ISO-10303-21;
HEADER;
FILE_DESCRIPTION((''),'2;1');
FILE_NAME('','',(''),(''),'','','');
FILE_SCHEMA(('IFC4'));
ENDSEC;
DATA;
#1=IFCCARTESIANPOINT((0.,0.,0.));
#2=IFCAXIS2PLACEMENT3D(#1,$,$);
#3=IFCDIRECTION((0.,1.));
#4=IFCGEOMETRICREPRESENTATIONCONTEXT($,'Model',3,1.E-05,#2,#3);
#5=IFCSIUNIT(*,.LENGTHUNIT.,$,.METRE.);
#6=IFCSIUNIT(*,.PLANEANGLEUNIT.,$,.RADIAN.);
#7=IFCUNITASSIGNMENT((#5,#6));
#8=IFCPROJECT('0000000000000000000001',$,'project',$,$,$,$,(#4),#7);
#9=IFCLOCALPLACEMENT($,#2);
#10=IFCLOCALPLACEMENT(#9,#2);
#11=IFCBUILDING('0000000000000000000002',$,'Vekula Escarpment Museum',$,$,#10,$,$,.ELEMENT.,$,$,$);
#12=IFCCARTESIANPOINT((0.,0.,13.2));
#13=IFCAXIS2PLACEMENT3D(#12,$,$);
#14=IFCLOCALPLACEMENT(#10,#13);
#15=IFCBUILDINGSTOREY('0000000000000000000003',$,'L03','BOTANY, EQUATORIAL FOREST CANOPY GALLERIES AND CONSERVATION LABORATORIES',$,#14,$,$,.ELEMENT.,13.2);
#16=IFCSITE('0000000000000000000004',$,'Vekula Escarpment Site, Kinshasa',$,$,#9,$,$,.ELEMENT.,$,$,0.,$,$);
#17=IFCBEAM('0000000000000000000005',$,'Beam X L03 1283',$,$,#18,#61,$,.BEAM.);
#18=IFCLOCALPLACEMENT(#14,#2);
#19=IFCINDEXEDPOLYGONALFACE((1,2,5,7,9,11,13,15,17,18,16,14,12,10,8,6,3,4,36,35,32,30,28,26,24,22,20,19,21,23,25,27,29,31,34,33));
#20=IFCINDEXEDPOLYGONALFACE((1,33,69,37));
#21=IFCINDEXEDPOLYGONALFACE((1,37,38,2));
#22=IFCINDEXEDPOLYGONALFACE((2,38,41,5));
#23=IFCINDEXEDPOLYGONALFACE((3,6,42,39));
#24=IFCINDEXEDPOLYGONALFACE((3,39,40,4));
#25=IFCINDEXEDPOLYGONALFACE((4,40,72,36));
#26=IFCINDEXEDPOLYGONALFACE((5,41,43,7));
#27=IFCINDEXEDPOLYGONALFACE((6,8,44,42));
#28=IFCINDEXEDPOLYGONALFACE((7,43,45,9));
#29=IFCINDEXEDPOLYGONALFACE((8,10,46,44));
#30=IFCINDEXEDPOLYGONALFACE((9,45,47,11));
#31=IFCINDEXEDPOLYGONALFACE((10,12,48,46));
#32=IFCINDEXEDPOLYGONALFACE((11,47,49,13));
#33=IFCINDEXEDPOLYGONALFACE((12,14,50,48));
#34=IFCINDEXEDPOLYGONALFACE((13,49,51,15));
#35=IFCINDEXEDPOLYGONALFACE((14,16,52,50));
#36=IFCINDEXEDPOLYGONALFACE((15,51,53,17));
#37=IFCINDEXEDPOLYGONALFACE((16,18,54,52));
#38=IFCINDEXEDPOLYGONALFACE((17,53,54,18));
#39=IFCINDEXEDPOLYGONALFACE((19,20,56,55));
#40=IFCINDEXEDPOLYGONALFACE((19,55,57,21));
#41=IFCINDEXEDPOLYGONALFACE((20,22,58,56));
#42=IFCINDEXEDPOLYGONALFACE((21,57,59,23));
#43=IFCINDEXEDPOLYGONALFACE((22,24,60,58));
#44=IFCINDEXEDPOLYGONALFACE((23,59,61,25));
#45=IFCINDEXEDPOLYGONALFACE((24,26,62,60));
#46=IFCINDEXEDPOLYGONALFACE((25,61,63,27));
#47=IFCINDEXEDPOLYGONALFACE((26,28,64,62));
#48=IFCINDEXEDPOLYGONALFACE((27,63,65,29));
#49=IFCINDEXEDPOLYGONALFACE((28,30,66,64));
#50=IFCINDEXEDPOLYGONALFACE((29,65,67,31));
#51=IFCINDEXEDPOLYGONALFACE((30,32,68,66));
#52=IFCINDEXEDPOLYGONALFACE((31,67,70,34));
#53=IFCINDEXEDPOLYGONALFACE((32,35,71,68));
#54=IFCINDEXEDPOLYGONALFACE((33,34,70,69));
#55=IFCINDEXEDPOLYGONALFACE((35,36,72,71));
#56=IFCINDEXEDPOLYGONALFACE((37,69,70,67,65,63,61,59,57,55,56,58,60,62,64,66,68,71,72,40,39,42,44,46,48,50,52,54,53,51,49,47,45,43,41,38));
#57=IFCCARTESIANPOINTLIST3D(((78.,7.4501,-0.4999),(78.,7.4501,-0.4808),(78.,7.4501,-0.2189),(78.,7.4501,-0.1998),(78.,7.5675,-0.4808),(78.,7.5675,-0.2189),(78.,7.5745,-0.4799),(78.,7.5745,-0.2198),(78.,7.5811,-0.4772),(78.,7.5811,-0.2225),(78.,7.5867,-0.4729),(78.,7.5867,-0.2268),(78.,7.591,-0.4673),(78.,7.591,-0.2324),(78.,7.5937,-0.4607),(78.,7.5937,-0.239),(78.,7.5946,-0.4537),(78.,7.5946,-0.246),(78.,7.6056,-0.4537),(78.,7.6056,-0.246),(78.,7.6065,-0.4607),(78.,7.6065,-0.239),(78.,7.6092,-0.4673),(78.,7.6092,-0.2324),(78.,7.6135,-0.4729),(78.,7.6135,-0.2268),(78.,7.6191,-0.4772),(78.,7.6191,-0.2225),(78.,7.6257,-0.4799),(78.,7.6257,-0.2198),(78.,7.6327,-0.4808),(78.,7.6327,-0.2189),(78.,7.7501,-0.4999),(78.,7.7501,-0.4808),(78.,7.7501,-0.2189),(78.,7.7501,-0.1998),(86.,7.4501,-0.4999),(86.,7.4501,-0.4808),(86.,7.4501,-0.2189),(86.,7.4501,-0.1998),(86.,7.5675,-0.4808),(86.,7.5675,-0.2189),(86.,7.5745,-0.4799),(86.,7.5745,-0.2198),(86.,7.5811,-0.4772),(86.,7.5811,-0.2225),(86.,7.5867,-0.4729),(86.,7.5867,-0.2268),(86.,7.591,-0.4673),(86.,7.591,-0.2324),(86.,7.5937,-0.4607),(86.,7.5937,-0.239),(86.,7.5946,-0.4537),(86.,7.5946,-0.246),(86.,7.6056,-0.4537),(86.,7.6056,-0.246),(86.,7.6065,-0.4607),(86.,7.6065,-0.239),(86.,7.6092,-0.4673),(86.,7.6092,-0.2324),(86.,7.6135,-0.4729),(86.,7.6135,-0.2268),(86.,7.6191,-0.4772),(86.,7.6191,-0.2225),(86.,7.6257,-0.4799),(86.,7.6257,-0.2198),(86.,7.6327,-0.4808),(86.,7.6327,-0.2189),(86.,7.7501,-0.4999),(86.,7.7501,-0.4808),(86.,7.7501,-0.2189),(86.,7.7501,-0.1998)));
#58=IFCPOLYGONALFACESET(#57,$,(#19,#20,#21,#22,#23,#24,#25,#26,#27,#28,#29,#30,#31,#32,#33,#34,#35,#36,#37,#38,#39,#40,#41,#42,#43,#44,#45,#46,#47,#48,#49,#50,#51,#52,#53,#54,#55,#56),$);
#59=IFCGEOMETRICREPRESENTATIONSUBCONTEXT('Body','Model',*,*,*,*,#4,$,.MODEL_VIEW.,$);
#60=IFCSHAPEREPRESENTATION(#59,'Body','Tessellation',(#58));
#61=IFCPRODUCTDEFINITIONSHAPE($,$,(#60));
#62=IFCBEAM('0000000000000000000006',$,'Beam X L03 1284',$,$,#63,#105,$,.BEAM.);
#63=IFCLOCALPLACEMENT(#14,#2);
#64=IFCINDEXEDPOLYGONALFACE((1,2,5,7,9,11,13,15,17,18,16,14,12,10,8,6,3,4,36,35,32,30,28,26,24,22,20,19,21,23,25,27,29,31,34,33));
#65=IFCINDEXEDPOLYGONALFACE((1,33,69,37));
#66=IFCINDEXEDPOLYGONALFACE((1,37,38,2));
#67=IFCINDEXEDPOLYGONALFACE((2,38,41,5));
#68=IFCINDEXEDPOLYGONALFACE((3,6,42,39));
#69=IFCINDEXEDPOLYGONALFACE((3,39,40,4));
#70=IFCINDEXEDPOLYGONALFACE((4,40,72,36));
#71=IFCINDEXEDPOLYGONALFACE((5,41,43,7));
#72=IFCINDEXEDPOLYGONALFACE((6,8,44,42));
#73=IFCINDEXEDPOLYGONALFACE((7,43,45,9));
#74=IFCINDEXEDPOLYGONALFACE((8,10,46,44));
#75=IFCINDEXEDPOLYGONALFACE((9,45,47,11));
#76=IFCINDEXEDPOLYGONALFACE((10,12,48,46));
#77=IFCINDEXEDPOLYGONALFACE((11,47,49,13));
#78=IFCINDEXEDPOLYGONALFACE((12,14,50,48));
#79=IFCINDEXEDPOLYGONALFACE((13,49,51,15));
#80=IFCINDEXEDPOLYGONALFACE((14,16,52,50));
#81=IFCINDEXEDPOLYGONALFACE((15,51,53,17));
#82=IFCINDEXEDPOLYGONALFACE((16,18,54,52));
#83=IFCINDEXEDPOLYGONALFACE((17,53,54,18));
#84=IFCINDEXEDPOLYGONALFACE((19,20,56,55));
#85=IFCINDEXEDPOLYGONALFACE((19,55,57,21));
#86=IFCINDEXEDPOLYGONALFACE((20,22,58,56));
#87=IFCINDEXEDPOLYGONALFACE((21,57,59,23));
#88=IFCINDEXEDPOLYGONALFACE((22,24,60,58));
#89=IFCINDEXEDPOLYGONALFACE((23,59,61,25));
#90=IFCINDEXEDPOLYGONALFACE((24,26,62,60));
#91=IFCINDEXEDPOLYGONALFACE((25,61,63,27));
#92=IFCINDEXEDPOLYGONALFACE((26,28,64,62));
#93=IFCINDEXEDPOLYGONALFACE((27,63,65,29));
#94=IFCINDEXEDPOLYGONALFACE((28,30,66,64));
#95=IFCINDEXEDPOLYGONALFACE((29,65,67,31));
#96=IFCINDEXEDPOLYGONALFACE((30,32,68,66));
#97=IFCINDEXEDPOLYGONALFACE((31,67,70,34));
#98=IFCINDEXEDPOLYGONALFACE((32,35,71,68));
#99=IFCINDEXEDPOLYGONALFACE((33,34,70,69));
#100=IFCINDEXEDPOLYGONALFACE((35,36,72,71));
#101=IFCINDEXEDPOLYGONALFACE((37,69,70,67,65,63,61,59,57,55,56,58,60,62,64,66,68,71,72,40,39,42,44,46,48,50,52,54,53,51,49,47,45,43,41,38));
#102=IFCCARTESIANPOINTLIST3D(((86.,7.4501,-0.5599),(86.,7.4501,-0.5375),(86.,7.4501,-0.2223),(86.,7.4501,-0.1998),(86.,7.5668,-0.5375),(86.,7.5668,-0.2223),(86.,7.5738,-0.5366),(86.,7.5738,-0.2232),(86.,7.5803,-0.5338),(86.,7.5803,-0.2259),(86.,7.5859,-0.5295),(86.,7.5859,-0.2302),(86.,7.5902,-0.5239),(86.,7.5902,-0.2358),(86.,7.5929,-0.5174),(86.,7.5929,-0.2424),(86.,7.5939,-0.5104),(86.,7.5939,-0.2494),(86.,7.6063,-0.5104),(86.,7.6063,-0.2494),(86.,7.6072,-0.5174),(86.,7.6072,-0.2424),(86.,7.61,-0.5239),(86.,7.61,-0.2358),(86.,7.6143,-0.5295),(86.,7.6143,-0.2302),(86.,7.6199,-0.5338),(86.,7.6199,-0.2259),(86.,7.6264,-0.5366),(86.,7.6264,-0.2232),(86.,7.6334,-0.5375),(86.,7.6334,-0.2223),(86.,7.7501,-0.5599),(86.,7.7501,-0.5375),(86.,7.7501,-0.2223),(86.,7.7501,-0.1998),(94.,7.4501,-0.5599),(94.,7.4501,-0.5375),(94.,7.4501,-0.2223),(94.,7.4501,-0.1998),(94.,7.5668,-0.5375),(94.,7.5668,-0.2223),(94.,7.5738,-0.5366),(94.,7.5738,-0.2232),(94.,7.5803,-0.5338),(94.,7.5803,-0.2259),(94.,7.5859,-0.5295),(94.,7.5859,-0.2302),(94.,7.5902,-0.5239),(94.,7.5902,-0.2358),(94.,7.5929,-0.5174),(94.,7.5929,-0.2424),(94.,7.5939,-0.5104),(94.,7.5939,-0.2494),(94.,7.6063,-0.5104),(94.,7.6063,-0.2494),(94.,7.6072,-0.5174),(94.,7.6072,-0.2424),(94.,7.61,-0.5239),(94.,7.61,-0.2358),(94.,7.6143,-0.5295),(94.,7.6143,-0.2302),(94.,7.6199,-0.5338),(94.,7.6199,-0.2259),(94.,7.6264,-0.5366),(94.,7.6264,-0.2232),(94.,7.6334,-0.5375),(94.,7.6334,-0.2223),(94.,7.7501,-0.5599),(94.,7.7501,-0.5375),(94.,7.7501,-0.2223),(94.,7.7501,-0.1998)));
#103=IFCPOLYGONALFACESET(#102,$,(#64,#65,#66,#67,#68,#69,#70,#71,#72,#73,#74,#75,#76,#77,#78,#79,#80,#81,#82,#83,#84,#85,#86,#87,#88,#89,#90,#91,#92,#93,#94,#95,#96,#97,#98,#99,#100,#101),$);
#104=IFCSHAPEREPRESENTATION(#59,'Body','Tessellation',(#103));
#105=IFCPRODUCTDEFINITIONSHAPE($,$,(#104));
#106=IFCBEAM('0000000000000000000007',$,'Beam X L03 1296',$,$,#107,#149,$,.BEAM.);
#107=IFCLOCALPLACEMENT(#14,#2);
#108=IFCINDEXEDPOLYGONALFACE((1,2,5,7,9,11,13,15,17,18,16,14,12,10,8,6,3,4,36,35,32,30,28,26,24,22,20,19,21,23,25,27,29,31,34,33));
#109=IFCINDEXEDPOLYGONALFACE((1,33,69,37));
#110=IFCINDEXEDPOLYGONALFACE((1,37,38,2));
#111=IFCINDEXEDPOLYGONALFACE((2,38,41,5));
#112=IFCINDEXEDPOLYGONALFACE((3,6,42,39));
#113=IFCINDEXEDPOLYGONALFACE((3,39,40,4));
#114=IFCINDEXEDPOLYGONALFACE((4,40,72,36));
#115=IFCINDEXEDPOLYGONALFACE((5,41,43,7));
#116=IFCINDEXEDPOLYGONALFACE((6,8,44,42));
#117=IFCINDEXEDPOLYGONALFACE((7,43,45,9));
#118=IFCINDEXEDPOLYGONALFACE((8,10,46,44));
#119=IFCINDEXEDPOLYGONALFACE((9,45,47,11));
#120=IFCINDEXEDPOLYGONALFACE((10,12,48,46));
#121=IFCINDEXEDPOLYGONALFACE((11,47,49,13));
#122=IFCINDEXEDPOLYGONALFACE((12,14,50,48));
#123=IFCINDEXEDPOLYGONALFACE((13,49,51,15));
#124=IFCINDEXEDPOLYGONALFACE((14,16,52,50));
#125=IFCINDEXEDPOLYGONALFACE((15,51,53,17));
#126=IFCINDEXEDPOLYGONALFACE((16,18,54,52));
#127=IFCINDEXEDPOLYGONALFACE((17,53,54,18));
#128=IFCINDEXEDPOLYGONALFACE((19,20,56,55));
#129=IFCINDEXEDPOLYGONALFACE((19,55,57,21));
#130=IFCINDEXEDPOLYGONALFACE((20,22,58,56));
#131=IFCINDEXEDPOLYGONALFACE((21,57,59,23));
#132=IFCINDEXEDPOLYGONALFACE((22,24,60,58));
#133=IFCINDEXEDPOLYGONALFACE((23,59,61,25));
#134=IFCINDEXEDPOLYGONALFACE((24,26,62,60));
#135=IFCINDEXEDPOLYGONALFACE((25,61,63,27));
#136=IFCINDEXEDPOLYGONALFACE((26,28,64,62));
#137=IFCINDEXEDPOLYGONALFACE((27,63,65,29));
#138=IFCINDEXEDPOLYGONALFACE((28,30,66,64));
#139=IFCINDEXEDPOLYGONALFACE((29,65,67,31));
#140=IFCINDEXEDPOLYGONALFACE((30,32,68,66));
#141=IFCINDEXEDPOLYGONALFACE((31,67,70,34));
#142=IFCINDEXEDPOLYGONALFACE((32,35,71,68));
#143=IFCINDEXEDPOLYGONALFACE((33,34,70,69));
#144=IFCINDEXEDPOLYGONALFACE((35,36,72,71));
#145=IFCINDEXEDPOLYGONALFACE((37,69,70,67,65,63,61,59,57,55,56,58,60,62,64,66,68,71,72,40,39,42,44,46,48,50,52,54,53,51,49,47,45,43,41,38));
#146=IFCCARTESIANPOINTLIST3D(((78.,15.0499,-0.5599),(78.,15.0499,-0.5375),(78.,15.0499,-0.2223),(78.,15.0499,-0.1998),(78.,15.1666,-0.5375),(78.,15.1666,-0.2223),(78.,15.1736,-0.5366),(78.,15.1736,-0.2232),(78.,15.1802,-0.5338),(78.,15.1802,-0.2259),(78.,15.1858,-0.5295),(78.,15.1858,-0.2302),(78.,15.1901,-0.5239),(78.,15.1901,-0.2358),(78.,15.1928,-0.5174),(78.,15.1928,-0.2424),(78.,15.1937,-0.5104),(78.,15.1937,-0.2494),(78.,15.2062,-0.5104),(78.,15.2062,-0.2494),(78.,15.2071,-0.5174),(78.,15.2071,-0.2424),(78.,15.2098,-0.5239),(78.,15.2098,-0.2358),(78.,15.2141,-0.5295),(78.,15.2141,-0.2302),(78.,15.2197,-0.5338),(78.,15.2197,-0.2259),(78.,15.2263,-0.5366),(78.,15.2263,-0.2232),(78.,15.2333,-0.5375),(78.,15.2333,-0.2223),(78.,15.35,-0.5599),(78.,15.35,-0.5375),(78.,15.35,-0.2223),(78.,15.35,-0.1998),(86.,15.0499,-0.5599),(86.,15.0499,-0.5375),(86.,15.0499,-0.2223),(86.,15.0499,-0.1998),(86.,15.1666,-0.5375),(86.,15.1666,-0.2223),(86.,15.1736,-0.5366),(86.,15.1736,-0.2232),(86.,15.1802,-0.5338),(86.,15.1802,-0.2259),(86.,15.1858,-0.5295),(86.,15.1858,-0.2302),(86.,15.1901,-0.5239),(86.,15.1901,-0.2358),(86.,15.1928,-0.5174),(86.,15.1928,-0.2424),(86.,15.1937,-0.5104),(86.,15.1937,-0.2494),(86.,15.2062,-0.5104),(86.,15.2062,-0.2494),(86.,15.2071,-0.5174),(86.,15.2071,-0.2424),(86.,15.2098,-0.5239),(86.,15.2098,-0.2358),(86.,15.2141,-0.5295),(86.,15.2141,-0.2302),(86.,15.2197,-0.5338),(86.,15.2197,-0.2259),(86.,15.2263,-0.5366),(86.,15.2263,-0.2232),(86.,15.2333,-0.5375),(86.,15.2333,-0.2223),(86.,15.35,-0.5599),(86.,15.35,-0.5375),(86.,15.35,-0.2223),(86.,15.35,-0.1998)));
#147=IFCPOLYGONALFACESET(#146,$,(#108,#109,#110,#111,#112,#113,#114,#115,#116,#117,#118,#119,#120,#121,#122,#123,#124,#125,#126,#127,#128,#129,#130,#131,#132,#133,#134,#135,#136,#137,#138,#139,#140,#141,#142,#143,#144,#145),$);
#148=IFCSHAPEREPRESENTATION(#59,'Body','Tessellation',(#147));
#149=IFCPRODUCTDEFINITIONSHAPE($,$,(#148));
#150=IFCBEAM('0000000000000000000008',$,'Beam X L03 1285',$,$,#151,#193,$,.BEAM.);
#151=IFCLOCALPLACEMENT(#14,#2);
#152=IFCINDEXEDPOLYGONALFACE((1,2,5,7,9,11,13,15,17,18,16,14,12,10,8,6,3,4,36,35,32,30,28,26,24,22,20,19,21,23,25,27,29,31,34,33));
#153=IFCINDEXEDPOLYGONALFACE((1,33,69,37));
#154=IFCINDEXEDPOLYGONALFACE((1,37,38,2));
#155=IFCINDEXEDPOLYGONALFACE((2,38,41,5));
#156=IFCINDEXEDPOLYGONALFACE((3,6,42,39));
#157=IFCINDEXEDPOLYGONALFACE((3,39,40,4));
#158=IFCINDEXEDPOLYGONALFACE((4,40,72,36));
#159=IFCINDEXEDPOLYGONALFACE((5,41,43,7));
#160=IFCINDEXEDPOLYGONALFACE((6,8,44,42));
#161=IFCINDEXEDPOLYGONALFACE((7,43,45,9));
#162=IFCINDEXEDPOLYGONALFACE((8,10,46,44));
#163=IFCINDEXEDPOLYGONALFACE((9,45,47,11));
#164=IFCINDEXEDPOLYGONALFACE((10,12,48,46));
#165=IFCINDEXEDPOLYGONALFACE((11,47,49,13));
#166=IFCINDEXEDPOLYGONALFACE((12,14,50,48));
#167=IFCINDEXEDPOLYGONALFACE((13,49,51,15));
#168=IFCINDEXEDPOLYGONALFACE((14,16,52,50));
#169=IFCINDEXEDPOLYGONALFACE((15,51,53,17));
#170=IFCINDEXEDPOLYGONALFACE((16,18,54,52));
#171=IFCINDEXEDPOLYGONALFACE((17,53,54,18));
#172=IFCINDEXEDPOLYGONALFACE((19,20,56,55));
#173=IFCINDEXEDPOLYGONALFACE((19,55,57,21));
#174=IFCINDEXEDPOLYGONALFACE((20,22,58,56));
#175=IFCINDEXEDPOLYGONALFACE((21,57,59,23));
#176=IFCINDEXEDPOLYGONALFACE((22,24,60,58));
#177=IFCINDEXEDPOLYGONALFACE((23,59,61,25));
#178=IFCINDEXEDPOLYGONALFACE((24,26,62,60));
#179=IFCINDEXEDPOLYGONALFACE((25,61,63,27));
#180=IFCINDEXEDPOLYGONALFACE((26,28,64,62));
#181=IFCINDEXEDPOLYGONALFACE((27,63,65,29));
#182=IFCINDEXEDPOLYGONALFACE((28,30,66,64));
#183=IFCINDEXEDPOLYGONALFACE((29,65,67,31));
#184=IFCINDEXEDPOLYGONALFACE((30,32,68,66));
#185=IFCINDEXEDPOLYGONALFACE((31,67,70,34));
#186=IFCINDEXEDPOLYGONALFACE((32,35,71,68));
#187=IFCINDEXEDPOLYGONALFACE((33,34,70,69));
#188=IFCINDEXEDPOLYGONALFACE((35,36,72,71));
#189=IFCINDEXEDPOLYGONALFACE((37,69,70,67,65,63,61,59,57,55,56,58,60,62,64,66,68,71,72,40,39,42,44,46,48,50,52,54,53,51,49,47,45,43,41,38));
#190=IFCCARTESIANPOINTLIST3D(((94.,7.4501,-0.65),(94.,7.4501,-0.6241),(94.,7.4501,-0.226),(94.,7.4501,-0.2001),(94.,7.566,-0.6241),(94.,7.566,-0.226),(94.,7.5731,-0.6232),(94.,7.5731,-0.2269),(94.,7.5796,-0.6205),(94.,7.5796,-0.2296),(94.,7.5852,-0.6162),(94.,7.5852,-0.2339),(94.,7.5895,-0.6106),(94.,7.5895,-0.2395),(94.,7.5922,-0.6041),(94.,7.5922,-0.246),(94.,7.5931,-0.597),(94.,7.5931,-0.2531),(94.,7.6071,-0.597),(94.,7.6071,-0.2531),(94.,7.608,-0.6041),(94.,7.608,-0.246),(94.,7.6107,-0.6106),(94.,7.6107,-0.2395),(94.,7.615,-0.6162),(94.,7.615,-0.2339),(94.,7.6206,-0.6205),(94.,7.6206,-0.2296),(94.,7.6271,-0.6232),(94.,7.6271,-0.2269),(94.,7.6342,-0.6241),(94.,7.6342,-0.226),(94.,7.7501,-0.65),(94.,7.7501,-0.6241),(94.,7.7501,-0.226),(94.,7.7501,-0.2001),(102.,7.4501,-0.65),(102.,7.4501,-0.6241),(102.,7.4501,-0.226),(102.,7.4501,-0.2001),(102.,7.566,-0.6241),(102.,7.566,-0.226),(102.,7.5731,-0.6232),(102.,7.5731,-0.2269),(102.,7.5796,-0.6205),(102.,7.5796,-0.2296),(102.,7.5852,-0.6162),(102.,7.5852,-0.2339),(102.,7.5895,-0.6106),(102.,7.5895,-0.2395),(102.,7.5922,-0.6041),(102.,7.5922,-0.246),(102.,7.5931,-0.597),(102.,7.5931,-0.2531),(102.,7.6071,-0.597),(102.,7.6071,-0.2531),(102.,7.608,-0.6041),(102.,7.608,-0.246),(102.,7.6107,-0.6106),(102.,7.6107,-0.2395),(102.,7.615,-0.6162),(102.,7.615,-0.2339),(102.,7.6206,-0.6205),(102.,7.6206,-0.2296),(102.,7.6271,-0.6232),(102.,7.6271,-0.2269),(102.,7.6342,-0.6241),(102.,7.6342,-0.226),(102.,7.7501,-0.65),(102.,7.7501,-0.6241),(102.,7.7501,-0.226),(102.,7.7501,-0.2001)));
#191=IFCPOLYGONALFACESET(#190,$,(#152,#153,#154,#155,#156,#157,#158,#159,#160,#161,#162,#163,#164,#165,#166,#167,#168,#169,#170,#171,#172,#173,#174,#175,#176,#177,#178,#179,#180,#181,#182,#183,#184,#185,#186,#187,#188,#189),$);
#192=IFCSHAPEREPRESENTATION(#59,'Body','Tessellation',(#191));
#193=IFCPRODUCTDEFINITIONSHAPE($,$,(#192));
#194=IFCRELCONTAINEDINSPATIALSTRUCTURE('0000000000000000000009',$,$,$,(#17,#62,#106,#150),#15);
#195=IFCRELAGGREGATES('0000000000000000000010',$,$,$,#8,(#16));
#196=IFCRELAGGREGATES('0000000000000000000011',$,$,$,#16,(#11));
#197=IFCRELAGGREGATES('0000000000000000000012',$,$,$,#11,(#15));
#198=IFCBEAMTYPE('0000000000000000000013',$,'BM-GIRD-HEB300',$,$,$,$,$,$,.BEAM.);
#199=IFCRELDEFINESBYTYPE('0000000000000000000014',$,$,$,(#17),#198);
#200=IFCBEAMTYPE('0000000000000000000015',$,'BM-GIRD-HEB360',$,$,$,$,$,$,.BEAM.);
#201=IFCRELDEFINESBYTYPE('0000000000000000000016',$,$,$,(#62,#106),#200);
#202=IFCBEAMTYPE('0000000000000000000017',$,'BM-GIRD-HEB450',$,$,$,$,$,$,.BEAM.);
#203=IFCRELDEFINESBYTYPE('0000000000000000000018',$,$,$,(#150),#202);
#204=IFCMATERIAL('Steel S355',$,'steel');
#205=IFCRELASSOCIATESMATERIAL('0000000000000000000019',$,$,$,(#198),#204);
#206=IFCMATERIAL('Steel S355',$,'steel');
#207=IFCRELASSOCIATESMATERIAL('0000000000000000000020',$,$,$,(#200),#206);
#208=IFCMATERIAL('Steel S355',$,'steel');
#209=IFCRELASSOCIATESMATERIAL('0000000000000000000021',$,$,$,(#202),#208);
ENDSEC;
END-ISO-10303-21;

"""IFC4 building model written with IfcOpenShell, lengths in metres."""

from ifc_helpers import new_model, si_unit, direction, frame, origin, origin_2d, place, context, subcontext, project, spatial, i_section, extrude, material, material_profile, profile_set, type_object, element, save


model = new_model("IFC4")

# Units and contexts
model_context = context("Model", 3, precision=1e-05, world=origin(), true_north=direction((0.0, 1.0)))
body_context = subcontext(model_context, "Body", "Model", "MODEL_VIEW")
ifc_project = project(units=[si_unit("LENGTHUNIT", "METRE"), si_unit("PLANEANGLEUNIT", "RADIAN")], contexts=[model_context])

# Site, building, storey
site_placement = place(None, origin())
site = spatial("IfcSite", under=ifc_project, at=site_placement, Name="Vekula Escarpment Site, Kinshasa", CompositionType="ELEMENT", RefElevation=0.0)
building_placement = place(site_placement, origin())
building = spatial("IfcBuilding", under=site, at=building_placement, Name="Vekula Escarpment Museum", CompositionType="ELEMENT")
storey_placement = place(building_placement, frame((0.0, 0.0, 13.2)))
storey = spatial("IfcBuildingStorey", under=building, at=storey_placement, Name="L03", Description="BOTANY, EQUATORIAL FOREST CANOPY GALLERIES AND CONSERVATION LABORATORIES", CompositionType="ELEMENT", Elevation=13.2)

# Beams
ifc_material_1 = material(Name="Steel S355", Category="steel")
ifc_material_profile_1 = material_profile(ifc_material_1, i_section(OverallWidth=0.3, OverallDepth=0.3, WebThickness=0.011, FlangeThickness=0.019, FilletRadius=0.0271, at=origin_2d()), Name="HEB 300")
ifc_profile_set_1 = profile_set([ifc_material_profile_1], Name="Steel S355")
beam_type_1 = type_object("IfcBeamType", Name="BM-GIRD-HEB300", PredefinedType="BEAM", material=ifc_profile_set_1)
beam_1_placement = place(storey_placement, frame((78.0, 7.6001, -0.3499), z_axis=(1.0, 0.0, 0.0), x_axis=(0.0, 1.0, 0.0)))
element("IfcBeam", 1, at=beam_1_placement, inside=storey, type_object=beam_type_1, Name="Beam X L03 1283", PredefinedType="BEAM", context=body_context, shape_type="SweptSolid", body=[
    extrude(i_section(OverallWidth=0.3, OverallDepth=0.3, WebThickness=0.011, FlangeThickness=0.019, FilletRadius=0.0271, at=origin_2d()), origin(), (0.0, 0.0, 1.0), 8.0),
])
ifc_material_2 = material(Name="Steel S355", Category="steel")
ifc_material_profile_2 = material_profile(ifc_material_2, i_section(OverallWidth=0.3, OverallDepth=0.3601, WebThickness=0.0125, FlangeThickness=0.0225, FilletRadius=0.0271, at=origin_2d()), Name="HEB 360")
ifc_profile_set_2 = profile_set([ifc_material_profile_2], Name="Steel S355")
beam_type_2 = type_object("IfcBeamType", Name="BM-GIRD-HEB360", PredefinedType="BEAM", material=ifc_profile_set_2)
for number, where, z_axis, x_axis, name in (
    (2, (86.0, 7.6001, -0.3799), (1.0, 0.0, 0.0), (0.0, 1.0, 0.0), "Beam X L03 1284"),
    (3, (78.0, 15.2, -0.3799), (1.0, 0.0, 0.0), (0.0, 1.0, 0.0), "Beam X L03 1296"),
):
    element("IfcBeam", number, at=place(storey_placement, frame(where, z_axis=z_axis, x_axis=x_axis)), inside=storey, type_object=beam_type_2, Name=name, PredefinedType="BEAM", context=body_context, shape_type="SweptSolid", body=[
        extrude(i_section(OverallWidth=0.3, OverallDepth=0.3601, WebThickness=0.0125, FlangeThickness=0.0225, FilletRadius=0.0271, at=origin_2d()), origin(), (0.0, 0.0, 1.0), 8.0),
    ])
ifc_material_3 = material(Name="Steel S355", Category="steel")
ifc_material_profile_3 = material_profile(ifc_material_3, i_section(OverallWidth=0.3, OverallDepth=0.45, WebThickness=0.0139, FlangeThickness=0.0259, FilletRadius=0.0271, at=origin_2d()), Name="HEB 450")
ifc_profile_set_3 = profile_set([ifc_material_profile_3], Name="Steel S355")
beam_type_3 = type_object("IfcBeamType", Name="BM-GIRD-HEB450", PredefinedType="BEAM", material=ifc_profile_set_3)
for number, where, z_axis, x_axis, name in (
    (4, (94.0, 7.6001, -0.425), (1.0, 0.0, 0.0), (0.0, 1.0, 0.0), "Beam X L03 1285"),
):
    element("IfcBeam", number, at=place(storey_placement, frame(where, z_axis=z_axis, x_axis=x_axis)), inside=storey, type_object=beam_type_3, Name=name, PredefinedType="BEAM", context=body_context, shape_type="SweptSolid", body=[
        extrude(i_section(OverallWidth=0.3, OverallDepth=0.45, WebThickness=0.0139, FlangeThickness=0.0259, FilletRadius=0.0271, at=origin_2d()), origin(), (0.0, 0.0, 1.0), 8.0),
    ])

save(model, "model.ifc")
